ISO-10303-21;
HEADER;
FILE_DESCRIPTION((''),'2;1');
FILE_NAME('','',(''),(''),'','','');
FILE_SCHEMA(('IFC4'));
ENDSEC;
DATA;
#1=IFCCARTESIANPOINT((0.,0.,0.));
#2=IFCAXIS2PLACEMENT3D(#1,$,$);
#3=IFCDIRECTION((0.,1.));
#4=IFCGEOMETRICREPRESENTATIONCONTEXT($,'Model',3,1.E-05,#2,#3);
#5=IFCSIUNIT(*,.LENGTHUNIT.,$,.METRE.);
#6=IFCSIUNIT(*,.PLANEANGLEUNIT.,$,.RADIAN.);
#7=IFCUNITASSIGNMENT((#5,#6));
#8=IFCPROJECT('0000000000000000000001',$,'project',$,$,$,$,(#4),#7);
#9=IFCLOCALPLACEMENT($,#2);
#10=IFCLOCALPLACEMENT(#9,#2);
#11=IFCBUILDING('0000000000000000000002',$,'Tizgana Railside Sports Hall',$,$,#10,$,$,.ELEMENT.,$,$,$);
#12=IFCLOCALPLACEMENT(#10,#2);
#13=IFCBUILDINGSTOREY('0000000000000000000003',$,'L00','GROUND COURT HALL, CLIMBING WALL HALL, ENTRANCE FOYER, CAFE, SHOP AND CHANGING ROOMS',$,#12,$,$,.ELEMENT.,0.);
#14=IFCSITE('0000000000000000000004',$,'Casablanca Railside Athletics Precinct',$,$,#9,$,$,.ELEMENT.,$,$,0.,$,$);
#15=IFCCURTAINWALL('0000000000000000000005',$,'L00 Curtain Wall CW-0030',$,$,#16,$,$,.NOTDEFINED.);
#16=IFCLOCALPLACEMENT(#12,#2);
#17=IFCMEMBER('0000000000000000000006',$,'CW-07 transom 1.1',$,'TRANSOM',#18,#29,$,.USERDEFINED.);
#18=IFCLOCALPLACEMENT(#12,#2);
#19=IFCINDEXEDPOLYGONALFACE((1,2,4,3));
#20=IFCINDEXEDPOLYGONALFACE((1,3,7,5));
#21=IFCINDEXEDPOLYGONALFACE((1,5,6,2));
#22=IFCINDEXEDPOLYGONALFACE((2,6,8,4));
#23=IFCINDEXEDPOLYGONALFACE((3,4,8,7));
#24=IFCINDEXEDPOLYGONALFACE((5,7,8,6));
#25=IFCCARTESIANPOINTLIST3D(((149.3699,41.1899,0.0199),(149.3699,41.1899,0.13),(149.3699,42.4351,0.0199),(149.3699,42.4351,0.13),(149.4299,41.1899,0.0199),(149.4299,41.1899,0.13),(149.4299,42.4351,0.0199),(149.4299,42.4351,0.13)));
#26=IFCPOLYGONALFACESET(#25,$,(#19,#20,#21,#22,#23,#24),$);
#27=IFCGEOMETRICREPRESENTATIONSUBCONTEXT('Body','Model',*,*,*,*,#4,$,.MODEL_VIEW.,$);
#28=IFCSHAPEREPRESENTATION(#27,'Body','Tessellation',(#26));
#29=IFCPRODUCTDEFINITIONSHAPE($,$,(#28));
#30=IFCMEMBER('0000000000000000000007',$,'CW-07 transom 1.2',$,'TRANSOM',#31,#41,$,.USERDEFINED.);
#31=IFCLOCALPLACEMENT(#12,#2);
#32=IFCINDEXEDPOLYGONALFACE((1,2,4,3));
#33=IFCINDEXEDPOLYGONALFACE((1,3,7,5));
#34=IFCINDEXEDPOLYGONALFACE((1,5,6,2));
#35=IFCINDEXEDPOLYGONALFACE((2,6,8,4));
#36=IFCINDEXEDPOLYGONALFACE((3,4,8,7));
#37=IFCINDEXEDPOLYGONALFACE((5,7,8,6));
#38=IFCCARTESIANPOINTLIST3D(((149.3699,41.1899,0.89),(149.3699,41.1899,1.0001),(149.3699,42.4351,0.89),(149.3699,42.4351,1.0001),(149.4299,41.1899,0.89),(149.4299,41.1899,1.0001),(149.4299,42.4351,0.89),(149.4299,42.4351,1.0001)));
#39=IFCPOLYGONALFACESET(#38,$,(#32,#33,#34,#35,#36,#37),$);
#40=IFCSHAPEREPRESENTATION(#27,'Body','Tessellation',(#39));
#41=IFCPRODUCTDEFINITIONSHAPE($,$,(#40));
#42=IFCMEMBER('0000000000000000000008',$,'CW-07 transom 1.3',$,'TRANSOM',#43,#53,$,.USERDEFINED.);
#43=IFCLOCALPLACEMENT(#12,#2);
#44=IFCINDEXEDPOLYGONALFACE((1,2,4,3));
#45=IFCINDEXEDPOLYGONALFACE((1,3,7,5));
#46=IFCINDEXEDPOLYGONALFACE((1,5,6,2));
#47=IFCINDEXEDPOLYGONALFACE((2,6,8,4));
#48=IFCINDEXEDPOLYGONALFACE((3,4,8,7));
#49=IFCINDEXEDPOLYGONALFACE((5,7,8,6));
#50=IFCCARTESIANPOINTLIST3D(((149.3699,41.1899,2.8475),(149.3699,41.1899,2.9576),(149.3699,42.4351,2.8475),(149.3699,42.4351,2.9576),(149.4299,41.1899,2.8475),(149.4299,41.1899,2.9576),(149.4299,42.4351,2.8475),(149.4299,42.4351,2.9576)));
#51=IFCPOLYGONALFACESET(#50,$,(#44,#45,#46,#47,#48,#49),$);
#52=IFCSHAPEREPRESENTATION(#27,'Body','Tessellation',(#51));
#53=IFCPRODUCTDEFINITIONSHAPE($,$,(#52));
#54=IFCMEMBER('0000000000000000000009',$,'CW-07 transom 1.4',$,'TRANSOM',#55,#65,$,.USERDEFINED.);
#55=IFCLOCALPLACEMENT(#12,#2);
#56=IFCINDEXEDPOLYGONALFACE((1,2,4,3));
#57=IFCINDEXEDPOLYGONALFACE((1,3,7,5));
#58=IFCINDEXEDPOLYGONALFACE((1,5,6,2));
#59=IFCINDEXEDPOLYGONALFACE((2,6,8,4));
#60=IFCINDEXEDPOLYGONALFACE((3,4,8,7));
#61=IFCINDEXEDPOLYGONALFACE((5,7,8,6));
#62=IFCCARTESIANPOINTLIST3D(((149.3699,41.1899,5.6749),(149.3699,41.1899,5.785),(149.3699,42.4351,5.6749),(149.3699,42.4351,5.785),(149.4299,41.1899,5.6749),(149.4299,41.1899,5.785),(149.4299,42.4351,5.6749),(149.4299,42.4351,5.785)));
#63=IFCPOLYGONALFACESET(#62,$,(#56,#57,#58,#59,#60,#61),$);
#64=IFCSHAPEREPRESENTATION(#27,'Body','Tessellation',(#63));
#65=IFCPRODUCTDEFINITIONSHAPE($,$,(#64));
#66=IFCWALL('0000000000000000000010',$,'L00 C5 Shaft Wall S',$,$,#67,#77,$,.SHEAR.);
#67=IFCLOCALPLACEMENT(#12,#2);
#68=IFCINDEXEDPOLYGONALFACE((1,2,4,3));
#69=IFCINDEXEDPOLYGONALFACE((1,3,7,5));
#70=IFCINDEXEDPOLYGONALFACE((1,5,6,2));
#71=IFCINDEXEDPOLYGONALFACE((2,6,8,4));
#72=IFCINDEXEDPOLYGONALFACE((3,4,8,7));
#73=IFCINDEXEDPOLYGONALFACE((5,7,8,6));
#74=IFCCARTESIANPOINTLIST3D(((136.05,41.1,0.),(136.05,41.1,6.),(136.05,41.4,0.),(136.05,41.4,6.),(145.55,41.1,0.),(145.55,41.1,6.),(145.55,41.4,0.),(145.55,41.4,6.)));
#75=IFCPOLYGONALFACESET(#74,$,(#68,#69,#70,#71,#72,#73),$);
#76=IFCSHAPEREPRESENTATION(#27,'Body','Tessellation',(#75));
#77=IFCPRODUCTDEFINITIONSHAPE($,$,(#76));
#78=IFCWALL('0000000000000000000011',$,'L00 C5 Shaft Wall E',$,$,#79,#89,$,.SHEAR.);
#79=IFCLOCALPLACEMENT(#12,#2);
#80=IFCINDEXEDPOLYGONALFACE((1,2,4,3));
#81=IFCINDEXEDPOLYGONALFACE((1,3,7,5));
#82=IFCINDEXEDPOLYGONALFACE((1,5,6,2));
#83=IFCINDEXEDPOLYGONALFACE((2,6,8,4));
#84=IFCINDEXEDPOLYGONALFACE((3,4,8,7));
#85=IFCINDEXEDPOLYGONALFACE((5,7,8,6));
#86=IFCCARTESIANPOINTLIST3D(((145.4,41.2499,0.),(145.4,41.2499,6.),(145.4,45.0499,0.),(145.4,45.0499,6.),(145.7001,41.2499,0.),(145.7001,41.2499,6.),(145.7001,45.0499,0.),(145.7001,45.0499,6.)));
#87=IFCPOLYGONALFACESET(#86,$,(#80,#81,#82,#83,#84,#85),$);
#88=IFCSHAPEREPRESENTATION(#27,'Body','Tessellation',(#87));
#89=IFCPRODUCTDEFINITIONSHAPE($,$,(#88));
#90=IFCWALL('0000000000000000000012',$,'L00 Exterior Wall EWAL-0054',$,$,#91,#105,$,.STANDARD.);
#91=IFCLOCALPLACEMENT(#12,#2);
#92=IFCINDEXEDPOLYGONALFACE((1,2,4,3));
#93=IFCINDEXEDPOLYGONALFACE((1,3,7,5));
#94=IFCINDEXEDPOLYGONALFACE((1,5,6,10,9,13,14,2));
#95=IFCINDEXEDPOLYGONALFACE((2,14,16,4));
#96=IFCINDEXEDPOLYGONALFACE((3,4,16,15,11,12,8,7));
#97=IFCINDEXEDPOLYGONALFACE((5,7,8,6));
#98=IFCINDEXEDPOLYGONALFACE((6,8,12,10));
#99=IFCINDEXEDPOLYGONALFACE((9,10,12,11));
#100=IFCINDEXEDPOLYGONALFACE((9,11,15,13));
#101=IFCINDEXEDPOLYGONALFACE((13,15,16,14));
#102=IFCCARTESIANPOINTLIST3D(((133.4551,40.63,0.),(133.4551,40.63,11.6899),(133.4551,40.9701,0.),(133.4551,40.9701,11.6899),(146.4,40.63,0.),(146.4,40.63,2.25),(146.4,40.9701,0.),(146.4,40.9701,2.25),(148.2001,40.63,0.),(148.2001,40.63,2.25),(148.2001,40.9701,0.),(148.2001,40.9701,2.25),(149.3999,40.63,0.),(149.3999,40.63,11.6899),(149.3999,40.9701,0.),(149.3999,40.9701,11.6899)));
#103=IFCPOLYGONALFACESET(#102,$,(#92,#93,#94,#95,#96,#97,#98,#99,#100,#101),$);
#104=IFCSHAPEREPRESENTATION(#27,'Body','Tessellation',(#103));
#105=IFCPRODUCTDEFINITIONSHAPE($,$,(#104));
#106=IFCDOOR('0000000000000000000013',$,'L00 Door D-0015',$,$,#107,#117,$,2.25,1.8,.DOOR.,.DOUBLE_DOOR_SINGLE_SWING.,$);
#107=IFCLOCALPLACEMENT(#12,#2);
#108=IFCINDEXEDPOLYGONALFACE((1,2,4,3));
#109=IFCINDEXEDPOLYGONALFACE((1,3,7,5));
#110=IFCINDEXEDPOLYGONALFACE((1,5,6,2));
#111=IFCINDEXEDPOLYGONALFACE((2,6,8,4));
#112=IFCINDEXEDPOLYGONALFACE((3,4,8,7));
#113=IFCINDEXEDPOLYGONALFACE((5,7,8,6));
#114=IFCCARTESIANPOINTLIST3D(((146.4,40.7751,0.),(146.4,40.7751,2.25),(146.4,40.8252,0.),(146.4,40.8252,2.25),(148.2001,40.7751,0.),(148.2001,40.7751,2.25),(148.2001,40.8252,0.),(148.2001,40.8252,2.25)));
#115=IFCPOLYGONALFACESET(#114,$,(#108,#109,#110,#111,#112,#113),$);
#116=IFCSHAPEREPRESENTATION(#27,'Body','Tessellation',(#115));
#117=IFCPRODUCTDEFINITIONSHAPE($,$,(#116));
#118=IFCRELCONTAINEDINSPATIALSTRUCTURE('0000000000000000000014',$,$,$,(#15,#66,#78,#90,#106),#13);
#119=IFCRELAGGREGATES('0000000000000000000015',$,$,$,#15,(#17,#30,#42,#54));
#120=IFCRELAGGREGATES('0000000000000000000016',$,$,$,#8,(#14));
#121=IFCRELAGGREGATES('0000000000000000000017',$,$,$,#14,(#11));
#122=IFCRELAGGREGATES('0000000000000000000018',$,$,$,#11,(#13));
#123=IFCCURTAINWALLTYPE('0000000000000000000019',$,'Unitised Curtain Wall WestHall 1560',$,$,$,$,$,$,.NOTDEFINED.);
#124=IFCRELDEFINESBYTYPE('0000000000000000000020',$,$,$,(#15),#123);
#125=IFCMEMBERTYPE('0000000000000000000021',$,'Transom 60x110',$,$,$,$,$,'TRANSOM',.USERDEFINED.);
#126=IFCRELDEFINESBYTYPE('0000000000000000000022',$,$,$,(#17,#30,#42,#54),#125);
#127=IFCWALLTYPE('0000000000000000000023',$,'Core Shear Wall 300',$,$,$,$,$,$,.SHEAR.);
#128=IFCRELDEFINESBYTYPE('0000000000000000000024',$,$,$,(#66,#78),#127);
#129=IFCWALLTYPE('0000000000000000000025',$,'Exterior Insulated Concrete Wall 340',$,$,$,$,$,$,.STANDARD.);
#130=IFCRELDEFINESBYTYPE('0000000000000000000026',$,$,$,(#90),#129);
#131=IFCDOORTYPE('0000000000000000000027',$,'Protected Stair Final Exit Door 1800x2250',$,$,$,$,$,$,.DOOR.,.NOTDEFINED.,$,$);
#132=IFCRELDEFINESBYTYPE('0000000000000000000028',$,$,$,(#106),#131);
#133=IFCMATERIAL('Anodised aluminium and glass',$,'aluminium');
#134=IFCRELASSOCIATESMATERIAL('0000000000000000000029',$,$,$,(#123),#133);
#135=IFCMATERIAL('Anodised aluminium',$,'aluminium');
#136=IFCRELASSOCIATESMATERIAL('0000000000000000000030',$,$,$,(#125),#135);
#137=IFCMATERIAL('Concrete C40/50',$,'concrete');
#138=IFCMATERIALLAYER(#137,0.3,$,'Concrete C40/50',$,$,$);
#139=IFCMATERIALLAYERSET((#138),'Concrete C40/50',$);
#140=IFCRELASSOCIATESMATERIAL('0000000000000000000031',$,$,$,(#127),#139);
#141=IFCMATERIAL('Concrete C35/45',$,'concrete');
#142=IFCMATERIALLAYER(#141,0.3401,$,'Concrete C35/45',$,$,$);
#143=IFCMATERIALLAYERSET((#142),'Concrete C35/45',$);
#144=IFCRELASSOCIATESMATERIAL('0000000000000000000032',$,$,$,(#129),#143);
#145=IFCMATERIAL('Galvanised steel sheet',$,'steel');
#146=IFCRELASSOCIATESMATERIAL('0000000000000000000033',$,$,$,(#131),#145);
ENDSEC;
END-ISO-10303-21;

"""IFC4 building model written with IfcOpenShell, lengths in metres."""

from ifc_helpers import new_model, si_unit, direction, frame, frame_2d, origin, origin_2d, place, context, subcontext, project, spatial, rectangle, extrude, material, layer, layer_set, material_profile, profile_set, type_object, element, fill, aggregate, save


model = new_model("IFC4")

# Units and contexts
model_context = context("Model", 3, precision=1e-05, world=origin(), true_north=direction((0.0, 1.0)))
body_context = subcontext(model_context, "Body", "Model", "MODEL_VIEW")
ifc_project = project(units=[si_unit("LENGTHUNIT", "METRE"), si_unit("PLANEANGLEUNIT", "RADIAN")], contexts=[model_context])

# Site, building, storey
site_placement = place(None, origin())
site = spatial("IfcSite", under=ifc_project, at=site_placement, Name="Casablanca Railside Athletics Precinct", CompositionType="ELEMENT", RefElevation=0.0)
building_placement = place(site_placement, origin())
building = spatial("IfcBuilding", under=site, at=building_placement, Name="Tizgana Railside Sports Hall", CompositionType="ELEMENT")
storey_placement = place(building_placement, origin())
storey = spatial("IfcBuildingStorey", under=building, at=storey_placement, Name="L00", Description="GROUND COURT HALL, CLIMBING WALL HALL, ENTRANCE FOYER, CAFE, SHOP AND CHANGING ROOMS", CompositionType="ELEMENT", Elevation=0.0)

# Shared definitions
ifc_material_1 = material(Name="Concrete C40/50", Category="concrete")

# Shared definitions
ifc_material_2 = material(Name="Concrete C35/45", Category="concrete")

# Curtain wall
ifc_material_3 = material(Name="Anodised aluminium and glass", Category="aluminium")
curtain_wall_type = type_object("IfcCurtainWallType", Name="Unitised Curtain Wall WestHall 1560", PredefinedType="NOTDEFINED", material=ifc_material_3)
curtain_wall_placement = place(storey_placement, origin())
curtain_wall = element("IfcCurtainWall", 1, at=curtain_wall_placement, inside=storey, type_object=curtain_wall_type, Name="L00 Curtain Wall CW-0030", PredefinedType="NOTDEFINED")
ifc_material_4 = material(Name="Anodised aluminium", Category="aluminium")

# Members
ifc_material_profile_1 = material_profile(ifc_material_4, rectangle(XDim=0.0601, YDim=0.1101, at=origin_2d()), Name="Transom 60x110")
ifc_profile_set_1 = profile_set([ifc_material_profile_1], Name="Anodised aluminium")
member_type_1 = type_object("IfcMemberType", Name="Transom 60x110", ElementType="TRANSOM", PredefinedType="USERDEFINED", material=ifc_profile_set_1)
member_1_placement = place(storey_placement, frame((149.3999, 41.1899, 0.075), z_axis=(0.0, 1.0, 0.0), x_axis=(-1.0, 0.0, 0.0)))
member_1 = element("IfcMember", 2, at=member_1_placement, type_object=member_type_1, Name="CW-07 transom 1.1", ObjectType="TRANSOM", PredefinedType="USERDEFINED", context=body_context, shape_type="SweptSolid", body=[
    extrude(rectangle(XDim=0.0601, YDim=0.1101, at=origin_2d()), origin(), (0.0, 0.0, 1.0), 1.2451),
])
member_2_placement = place(storey_placement, frame((149.3999, 41.1899, 0.9451), z_axis=(0.0, 1.0, 0.0), x_axis=(-1.0, 0.0, 0.0)))
member_2 = element("IfcMember", 3, at=member_2_placement, type_object=member_type_1, Name="CW-07 transom 1.2", ObjectType="TRANSOM", PredefinedType="USERDEFINED", context=body_context, shape_type="SweptSolid", body=[
    extrude(rectangle(XDim=0.0601, YDim=0.1101, at=origin_2d()), origin(), (0.0, 0.0, 1.0), 1.2451),
])
member_3_placement = place(storey_placement, frame((149.3999, 41.1899, 2.9026), z_axis=(0.0, 1.0, 0.0), x_axis=(-1.0, 0.0, 0.0)))
member_3 = element("IfcMember", 4, at=member_3_placement, type_object=member_type_1, Name="CW-07 transom 1.3", ObjectType="TRANSOM", PredefinedType="USERDEFINED", context=body_context, shape_type="SweptSolid", body=[
    extrude(rectangle(XDim=0.0601, YDim=0.1101, at=origin_2d()), origin(), (0.0, 0.0, 1.0), 1.2451),
])
member_4_placement = place(storey_placement, frame((149.3999, 41.1899, 5.73), z_axis=(0.0, 1.0, 0.0), x_axis=(-1.0, 0.0, 0.0)))
member_4 = element("IfcMember", 5, at=member_4_placement, type_object=member_type_1, Name="CW-07 transom 1.4", ObjectType="TRANSOM", PredefinedType="USERDEFINED", context=body_context, shape_type="SweptSolid", body=[
    extrude(rectangle(XDim=0.0601, YDim=0.1101, at=origin_2d()), origin(), (0.0, 0.0, 1.0), 1.2451),
])
aggregate(curtain_wall, [member_1, member_2, member_3, member_4])

# Walls
ifc_layer_1 = layer(ifc_material_1, 0.3, Name="Concrete C40/50")
ifc_layer_set_1 = layer_set([ifc_layer_1], Name="Concrete C40/50")
wall_type_1 = type_object("IfcWallType", Name="Core Shear Wall 300", PredefinedType="SHEAR", material=ifc_layer_set_1)
wall_1_placement = place(storey_placement, frame((145.55, 41.25, 0.0), z_axis=(0.0, 0.0, 1.0), x_axis=(-1.0, 0.0, 0.0)))
element("IfcWall", 6, at=wall_1_placement, inside=storey, type_object=wall_type_1, Name="L00 C5 Shaft Wall S", PredefinedType="SHEAR", context=body_context, shape_type="SweptSolid", body=[
    extrude(rectangle(XDim=9.5, YDim=0.3, at=frame_2d((4.75, 0.0))), origin(), (0.0, 0.0, 1.0), 6.0),
])
wall_2_placement = place(storey_placement, frame((145.55, 41.25, 0.0), z_axis=(0.0, 0.0, 1.0), x_axis=(0.0, 1.0, 0.0)))
element("IfcWall", 7, at=wall_2_placement, inside=storey, type_object=wall_type_1, Name="L00 C5 Shaft Wall E", PredefinedType="SHEAR", context=body_context, shape_type="SweptSolid", body=[
    extrude(rectangle(XDim=3.8, YDim=0.3, at=frame_2d((1.8999, 0.0))), origin(), (0.0, 0.0, 1.0), 6.0),
])

# Wall, opening, door
ifc_layer_2 = layer(ifc_material_2, 0.3401, Name="Concrete C35/45")
ifc_layer_set_2 = layer_set([ifc_layer_2], Name="Concrete C35/45")
wall_type_2 = type_object("IfcWallType", Name="Exterior Insulated Concrete Wall 340", PredefinedType="STANDARD", material=ifc_layer_set_2)
wall_3_placement = place(storey_placement, frame((149.3999, 40.8, 0.0), z_axis=(0.0, 0.0, 1.0), x_axis=(-1.0, 0.0, 0.0)))
wall_3 = element("IfcWall", 8, at=wall_3_placement, inside=storey, type_object=wall_type_2, Name="L00 Exterior Wall EWAL-0054", PredefinedType="STANDARD", context=body_context, shape_type="SweptSolid", body=[
    extrude(rectangle(XDim=15.9448, YDim=0.3401, at=frame_2d((7.9724, 0.0))), origin(), (0.0, 0.0, 1.0), 11.6899),
])
opening_placement = place(wall_3_placement, frame((1.2, 0.0, 0.0)))
opening = element("IfcOpeningElement", 9, at=opening_placement, cuts=wall_3, PredefinedType="OPENING", context=body_context, shape_type="SweptSolid", body=[
    extrude(rectangle(XDim=1.8, YDim=2.25, at=frame_2d((0.8999, 1.125))), frame((0.0, 0.1799, 0.0), z_axis=(0.0, -1.0, 0.0), x_axis=(1.0, 0.0, 0.0)), (0.0, 0.0, 1.0), 0.3601),
])
ifc_material_5 = material(Name="Galvanised steel sheet", Category="steel")
door_type = type_object("IfcDoorType", Name="Protected Stair Final Exit Door 1800x2250", OperationType="NOTDEFINED", PredefinedType="DOOR", material=ifc_material_5)
door_placement = place(opening_placement, origin())
door = element("IfcDoor", 10, at=door_placement, inside=storey, type_object=door_type, Name="L00 Door D-0015", OperationType="DOUBLE_DOOR_SINGLE_SWING", OverallHeight=2.25, OverallWidth=1.8, PredefinedType="DOOR", context=body_context, shape_type="SweptSolid", body=[
    extrude(rectangle(XDim=1.8, YDim=2.25, at=frame_2d((0.8999, 1.125))), frame((0.0, 0.0249, 0.0), z_axis=(0.0, -1.0, 0.0), x_axis=(1.0, 0.0, 0.0)), (0.0, 0.0, 1.0), 0.05),
])
fill(opening, door)

save(model, "model.ifc")
